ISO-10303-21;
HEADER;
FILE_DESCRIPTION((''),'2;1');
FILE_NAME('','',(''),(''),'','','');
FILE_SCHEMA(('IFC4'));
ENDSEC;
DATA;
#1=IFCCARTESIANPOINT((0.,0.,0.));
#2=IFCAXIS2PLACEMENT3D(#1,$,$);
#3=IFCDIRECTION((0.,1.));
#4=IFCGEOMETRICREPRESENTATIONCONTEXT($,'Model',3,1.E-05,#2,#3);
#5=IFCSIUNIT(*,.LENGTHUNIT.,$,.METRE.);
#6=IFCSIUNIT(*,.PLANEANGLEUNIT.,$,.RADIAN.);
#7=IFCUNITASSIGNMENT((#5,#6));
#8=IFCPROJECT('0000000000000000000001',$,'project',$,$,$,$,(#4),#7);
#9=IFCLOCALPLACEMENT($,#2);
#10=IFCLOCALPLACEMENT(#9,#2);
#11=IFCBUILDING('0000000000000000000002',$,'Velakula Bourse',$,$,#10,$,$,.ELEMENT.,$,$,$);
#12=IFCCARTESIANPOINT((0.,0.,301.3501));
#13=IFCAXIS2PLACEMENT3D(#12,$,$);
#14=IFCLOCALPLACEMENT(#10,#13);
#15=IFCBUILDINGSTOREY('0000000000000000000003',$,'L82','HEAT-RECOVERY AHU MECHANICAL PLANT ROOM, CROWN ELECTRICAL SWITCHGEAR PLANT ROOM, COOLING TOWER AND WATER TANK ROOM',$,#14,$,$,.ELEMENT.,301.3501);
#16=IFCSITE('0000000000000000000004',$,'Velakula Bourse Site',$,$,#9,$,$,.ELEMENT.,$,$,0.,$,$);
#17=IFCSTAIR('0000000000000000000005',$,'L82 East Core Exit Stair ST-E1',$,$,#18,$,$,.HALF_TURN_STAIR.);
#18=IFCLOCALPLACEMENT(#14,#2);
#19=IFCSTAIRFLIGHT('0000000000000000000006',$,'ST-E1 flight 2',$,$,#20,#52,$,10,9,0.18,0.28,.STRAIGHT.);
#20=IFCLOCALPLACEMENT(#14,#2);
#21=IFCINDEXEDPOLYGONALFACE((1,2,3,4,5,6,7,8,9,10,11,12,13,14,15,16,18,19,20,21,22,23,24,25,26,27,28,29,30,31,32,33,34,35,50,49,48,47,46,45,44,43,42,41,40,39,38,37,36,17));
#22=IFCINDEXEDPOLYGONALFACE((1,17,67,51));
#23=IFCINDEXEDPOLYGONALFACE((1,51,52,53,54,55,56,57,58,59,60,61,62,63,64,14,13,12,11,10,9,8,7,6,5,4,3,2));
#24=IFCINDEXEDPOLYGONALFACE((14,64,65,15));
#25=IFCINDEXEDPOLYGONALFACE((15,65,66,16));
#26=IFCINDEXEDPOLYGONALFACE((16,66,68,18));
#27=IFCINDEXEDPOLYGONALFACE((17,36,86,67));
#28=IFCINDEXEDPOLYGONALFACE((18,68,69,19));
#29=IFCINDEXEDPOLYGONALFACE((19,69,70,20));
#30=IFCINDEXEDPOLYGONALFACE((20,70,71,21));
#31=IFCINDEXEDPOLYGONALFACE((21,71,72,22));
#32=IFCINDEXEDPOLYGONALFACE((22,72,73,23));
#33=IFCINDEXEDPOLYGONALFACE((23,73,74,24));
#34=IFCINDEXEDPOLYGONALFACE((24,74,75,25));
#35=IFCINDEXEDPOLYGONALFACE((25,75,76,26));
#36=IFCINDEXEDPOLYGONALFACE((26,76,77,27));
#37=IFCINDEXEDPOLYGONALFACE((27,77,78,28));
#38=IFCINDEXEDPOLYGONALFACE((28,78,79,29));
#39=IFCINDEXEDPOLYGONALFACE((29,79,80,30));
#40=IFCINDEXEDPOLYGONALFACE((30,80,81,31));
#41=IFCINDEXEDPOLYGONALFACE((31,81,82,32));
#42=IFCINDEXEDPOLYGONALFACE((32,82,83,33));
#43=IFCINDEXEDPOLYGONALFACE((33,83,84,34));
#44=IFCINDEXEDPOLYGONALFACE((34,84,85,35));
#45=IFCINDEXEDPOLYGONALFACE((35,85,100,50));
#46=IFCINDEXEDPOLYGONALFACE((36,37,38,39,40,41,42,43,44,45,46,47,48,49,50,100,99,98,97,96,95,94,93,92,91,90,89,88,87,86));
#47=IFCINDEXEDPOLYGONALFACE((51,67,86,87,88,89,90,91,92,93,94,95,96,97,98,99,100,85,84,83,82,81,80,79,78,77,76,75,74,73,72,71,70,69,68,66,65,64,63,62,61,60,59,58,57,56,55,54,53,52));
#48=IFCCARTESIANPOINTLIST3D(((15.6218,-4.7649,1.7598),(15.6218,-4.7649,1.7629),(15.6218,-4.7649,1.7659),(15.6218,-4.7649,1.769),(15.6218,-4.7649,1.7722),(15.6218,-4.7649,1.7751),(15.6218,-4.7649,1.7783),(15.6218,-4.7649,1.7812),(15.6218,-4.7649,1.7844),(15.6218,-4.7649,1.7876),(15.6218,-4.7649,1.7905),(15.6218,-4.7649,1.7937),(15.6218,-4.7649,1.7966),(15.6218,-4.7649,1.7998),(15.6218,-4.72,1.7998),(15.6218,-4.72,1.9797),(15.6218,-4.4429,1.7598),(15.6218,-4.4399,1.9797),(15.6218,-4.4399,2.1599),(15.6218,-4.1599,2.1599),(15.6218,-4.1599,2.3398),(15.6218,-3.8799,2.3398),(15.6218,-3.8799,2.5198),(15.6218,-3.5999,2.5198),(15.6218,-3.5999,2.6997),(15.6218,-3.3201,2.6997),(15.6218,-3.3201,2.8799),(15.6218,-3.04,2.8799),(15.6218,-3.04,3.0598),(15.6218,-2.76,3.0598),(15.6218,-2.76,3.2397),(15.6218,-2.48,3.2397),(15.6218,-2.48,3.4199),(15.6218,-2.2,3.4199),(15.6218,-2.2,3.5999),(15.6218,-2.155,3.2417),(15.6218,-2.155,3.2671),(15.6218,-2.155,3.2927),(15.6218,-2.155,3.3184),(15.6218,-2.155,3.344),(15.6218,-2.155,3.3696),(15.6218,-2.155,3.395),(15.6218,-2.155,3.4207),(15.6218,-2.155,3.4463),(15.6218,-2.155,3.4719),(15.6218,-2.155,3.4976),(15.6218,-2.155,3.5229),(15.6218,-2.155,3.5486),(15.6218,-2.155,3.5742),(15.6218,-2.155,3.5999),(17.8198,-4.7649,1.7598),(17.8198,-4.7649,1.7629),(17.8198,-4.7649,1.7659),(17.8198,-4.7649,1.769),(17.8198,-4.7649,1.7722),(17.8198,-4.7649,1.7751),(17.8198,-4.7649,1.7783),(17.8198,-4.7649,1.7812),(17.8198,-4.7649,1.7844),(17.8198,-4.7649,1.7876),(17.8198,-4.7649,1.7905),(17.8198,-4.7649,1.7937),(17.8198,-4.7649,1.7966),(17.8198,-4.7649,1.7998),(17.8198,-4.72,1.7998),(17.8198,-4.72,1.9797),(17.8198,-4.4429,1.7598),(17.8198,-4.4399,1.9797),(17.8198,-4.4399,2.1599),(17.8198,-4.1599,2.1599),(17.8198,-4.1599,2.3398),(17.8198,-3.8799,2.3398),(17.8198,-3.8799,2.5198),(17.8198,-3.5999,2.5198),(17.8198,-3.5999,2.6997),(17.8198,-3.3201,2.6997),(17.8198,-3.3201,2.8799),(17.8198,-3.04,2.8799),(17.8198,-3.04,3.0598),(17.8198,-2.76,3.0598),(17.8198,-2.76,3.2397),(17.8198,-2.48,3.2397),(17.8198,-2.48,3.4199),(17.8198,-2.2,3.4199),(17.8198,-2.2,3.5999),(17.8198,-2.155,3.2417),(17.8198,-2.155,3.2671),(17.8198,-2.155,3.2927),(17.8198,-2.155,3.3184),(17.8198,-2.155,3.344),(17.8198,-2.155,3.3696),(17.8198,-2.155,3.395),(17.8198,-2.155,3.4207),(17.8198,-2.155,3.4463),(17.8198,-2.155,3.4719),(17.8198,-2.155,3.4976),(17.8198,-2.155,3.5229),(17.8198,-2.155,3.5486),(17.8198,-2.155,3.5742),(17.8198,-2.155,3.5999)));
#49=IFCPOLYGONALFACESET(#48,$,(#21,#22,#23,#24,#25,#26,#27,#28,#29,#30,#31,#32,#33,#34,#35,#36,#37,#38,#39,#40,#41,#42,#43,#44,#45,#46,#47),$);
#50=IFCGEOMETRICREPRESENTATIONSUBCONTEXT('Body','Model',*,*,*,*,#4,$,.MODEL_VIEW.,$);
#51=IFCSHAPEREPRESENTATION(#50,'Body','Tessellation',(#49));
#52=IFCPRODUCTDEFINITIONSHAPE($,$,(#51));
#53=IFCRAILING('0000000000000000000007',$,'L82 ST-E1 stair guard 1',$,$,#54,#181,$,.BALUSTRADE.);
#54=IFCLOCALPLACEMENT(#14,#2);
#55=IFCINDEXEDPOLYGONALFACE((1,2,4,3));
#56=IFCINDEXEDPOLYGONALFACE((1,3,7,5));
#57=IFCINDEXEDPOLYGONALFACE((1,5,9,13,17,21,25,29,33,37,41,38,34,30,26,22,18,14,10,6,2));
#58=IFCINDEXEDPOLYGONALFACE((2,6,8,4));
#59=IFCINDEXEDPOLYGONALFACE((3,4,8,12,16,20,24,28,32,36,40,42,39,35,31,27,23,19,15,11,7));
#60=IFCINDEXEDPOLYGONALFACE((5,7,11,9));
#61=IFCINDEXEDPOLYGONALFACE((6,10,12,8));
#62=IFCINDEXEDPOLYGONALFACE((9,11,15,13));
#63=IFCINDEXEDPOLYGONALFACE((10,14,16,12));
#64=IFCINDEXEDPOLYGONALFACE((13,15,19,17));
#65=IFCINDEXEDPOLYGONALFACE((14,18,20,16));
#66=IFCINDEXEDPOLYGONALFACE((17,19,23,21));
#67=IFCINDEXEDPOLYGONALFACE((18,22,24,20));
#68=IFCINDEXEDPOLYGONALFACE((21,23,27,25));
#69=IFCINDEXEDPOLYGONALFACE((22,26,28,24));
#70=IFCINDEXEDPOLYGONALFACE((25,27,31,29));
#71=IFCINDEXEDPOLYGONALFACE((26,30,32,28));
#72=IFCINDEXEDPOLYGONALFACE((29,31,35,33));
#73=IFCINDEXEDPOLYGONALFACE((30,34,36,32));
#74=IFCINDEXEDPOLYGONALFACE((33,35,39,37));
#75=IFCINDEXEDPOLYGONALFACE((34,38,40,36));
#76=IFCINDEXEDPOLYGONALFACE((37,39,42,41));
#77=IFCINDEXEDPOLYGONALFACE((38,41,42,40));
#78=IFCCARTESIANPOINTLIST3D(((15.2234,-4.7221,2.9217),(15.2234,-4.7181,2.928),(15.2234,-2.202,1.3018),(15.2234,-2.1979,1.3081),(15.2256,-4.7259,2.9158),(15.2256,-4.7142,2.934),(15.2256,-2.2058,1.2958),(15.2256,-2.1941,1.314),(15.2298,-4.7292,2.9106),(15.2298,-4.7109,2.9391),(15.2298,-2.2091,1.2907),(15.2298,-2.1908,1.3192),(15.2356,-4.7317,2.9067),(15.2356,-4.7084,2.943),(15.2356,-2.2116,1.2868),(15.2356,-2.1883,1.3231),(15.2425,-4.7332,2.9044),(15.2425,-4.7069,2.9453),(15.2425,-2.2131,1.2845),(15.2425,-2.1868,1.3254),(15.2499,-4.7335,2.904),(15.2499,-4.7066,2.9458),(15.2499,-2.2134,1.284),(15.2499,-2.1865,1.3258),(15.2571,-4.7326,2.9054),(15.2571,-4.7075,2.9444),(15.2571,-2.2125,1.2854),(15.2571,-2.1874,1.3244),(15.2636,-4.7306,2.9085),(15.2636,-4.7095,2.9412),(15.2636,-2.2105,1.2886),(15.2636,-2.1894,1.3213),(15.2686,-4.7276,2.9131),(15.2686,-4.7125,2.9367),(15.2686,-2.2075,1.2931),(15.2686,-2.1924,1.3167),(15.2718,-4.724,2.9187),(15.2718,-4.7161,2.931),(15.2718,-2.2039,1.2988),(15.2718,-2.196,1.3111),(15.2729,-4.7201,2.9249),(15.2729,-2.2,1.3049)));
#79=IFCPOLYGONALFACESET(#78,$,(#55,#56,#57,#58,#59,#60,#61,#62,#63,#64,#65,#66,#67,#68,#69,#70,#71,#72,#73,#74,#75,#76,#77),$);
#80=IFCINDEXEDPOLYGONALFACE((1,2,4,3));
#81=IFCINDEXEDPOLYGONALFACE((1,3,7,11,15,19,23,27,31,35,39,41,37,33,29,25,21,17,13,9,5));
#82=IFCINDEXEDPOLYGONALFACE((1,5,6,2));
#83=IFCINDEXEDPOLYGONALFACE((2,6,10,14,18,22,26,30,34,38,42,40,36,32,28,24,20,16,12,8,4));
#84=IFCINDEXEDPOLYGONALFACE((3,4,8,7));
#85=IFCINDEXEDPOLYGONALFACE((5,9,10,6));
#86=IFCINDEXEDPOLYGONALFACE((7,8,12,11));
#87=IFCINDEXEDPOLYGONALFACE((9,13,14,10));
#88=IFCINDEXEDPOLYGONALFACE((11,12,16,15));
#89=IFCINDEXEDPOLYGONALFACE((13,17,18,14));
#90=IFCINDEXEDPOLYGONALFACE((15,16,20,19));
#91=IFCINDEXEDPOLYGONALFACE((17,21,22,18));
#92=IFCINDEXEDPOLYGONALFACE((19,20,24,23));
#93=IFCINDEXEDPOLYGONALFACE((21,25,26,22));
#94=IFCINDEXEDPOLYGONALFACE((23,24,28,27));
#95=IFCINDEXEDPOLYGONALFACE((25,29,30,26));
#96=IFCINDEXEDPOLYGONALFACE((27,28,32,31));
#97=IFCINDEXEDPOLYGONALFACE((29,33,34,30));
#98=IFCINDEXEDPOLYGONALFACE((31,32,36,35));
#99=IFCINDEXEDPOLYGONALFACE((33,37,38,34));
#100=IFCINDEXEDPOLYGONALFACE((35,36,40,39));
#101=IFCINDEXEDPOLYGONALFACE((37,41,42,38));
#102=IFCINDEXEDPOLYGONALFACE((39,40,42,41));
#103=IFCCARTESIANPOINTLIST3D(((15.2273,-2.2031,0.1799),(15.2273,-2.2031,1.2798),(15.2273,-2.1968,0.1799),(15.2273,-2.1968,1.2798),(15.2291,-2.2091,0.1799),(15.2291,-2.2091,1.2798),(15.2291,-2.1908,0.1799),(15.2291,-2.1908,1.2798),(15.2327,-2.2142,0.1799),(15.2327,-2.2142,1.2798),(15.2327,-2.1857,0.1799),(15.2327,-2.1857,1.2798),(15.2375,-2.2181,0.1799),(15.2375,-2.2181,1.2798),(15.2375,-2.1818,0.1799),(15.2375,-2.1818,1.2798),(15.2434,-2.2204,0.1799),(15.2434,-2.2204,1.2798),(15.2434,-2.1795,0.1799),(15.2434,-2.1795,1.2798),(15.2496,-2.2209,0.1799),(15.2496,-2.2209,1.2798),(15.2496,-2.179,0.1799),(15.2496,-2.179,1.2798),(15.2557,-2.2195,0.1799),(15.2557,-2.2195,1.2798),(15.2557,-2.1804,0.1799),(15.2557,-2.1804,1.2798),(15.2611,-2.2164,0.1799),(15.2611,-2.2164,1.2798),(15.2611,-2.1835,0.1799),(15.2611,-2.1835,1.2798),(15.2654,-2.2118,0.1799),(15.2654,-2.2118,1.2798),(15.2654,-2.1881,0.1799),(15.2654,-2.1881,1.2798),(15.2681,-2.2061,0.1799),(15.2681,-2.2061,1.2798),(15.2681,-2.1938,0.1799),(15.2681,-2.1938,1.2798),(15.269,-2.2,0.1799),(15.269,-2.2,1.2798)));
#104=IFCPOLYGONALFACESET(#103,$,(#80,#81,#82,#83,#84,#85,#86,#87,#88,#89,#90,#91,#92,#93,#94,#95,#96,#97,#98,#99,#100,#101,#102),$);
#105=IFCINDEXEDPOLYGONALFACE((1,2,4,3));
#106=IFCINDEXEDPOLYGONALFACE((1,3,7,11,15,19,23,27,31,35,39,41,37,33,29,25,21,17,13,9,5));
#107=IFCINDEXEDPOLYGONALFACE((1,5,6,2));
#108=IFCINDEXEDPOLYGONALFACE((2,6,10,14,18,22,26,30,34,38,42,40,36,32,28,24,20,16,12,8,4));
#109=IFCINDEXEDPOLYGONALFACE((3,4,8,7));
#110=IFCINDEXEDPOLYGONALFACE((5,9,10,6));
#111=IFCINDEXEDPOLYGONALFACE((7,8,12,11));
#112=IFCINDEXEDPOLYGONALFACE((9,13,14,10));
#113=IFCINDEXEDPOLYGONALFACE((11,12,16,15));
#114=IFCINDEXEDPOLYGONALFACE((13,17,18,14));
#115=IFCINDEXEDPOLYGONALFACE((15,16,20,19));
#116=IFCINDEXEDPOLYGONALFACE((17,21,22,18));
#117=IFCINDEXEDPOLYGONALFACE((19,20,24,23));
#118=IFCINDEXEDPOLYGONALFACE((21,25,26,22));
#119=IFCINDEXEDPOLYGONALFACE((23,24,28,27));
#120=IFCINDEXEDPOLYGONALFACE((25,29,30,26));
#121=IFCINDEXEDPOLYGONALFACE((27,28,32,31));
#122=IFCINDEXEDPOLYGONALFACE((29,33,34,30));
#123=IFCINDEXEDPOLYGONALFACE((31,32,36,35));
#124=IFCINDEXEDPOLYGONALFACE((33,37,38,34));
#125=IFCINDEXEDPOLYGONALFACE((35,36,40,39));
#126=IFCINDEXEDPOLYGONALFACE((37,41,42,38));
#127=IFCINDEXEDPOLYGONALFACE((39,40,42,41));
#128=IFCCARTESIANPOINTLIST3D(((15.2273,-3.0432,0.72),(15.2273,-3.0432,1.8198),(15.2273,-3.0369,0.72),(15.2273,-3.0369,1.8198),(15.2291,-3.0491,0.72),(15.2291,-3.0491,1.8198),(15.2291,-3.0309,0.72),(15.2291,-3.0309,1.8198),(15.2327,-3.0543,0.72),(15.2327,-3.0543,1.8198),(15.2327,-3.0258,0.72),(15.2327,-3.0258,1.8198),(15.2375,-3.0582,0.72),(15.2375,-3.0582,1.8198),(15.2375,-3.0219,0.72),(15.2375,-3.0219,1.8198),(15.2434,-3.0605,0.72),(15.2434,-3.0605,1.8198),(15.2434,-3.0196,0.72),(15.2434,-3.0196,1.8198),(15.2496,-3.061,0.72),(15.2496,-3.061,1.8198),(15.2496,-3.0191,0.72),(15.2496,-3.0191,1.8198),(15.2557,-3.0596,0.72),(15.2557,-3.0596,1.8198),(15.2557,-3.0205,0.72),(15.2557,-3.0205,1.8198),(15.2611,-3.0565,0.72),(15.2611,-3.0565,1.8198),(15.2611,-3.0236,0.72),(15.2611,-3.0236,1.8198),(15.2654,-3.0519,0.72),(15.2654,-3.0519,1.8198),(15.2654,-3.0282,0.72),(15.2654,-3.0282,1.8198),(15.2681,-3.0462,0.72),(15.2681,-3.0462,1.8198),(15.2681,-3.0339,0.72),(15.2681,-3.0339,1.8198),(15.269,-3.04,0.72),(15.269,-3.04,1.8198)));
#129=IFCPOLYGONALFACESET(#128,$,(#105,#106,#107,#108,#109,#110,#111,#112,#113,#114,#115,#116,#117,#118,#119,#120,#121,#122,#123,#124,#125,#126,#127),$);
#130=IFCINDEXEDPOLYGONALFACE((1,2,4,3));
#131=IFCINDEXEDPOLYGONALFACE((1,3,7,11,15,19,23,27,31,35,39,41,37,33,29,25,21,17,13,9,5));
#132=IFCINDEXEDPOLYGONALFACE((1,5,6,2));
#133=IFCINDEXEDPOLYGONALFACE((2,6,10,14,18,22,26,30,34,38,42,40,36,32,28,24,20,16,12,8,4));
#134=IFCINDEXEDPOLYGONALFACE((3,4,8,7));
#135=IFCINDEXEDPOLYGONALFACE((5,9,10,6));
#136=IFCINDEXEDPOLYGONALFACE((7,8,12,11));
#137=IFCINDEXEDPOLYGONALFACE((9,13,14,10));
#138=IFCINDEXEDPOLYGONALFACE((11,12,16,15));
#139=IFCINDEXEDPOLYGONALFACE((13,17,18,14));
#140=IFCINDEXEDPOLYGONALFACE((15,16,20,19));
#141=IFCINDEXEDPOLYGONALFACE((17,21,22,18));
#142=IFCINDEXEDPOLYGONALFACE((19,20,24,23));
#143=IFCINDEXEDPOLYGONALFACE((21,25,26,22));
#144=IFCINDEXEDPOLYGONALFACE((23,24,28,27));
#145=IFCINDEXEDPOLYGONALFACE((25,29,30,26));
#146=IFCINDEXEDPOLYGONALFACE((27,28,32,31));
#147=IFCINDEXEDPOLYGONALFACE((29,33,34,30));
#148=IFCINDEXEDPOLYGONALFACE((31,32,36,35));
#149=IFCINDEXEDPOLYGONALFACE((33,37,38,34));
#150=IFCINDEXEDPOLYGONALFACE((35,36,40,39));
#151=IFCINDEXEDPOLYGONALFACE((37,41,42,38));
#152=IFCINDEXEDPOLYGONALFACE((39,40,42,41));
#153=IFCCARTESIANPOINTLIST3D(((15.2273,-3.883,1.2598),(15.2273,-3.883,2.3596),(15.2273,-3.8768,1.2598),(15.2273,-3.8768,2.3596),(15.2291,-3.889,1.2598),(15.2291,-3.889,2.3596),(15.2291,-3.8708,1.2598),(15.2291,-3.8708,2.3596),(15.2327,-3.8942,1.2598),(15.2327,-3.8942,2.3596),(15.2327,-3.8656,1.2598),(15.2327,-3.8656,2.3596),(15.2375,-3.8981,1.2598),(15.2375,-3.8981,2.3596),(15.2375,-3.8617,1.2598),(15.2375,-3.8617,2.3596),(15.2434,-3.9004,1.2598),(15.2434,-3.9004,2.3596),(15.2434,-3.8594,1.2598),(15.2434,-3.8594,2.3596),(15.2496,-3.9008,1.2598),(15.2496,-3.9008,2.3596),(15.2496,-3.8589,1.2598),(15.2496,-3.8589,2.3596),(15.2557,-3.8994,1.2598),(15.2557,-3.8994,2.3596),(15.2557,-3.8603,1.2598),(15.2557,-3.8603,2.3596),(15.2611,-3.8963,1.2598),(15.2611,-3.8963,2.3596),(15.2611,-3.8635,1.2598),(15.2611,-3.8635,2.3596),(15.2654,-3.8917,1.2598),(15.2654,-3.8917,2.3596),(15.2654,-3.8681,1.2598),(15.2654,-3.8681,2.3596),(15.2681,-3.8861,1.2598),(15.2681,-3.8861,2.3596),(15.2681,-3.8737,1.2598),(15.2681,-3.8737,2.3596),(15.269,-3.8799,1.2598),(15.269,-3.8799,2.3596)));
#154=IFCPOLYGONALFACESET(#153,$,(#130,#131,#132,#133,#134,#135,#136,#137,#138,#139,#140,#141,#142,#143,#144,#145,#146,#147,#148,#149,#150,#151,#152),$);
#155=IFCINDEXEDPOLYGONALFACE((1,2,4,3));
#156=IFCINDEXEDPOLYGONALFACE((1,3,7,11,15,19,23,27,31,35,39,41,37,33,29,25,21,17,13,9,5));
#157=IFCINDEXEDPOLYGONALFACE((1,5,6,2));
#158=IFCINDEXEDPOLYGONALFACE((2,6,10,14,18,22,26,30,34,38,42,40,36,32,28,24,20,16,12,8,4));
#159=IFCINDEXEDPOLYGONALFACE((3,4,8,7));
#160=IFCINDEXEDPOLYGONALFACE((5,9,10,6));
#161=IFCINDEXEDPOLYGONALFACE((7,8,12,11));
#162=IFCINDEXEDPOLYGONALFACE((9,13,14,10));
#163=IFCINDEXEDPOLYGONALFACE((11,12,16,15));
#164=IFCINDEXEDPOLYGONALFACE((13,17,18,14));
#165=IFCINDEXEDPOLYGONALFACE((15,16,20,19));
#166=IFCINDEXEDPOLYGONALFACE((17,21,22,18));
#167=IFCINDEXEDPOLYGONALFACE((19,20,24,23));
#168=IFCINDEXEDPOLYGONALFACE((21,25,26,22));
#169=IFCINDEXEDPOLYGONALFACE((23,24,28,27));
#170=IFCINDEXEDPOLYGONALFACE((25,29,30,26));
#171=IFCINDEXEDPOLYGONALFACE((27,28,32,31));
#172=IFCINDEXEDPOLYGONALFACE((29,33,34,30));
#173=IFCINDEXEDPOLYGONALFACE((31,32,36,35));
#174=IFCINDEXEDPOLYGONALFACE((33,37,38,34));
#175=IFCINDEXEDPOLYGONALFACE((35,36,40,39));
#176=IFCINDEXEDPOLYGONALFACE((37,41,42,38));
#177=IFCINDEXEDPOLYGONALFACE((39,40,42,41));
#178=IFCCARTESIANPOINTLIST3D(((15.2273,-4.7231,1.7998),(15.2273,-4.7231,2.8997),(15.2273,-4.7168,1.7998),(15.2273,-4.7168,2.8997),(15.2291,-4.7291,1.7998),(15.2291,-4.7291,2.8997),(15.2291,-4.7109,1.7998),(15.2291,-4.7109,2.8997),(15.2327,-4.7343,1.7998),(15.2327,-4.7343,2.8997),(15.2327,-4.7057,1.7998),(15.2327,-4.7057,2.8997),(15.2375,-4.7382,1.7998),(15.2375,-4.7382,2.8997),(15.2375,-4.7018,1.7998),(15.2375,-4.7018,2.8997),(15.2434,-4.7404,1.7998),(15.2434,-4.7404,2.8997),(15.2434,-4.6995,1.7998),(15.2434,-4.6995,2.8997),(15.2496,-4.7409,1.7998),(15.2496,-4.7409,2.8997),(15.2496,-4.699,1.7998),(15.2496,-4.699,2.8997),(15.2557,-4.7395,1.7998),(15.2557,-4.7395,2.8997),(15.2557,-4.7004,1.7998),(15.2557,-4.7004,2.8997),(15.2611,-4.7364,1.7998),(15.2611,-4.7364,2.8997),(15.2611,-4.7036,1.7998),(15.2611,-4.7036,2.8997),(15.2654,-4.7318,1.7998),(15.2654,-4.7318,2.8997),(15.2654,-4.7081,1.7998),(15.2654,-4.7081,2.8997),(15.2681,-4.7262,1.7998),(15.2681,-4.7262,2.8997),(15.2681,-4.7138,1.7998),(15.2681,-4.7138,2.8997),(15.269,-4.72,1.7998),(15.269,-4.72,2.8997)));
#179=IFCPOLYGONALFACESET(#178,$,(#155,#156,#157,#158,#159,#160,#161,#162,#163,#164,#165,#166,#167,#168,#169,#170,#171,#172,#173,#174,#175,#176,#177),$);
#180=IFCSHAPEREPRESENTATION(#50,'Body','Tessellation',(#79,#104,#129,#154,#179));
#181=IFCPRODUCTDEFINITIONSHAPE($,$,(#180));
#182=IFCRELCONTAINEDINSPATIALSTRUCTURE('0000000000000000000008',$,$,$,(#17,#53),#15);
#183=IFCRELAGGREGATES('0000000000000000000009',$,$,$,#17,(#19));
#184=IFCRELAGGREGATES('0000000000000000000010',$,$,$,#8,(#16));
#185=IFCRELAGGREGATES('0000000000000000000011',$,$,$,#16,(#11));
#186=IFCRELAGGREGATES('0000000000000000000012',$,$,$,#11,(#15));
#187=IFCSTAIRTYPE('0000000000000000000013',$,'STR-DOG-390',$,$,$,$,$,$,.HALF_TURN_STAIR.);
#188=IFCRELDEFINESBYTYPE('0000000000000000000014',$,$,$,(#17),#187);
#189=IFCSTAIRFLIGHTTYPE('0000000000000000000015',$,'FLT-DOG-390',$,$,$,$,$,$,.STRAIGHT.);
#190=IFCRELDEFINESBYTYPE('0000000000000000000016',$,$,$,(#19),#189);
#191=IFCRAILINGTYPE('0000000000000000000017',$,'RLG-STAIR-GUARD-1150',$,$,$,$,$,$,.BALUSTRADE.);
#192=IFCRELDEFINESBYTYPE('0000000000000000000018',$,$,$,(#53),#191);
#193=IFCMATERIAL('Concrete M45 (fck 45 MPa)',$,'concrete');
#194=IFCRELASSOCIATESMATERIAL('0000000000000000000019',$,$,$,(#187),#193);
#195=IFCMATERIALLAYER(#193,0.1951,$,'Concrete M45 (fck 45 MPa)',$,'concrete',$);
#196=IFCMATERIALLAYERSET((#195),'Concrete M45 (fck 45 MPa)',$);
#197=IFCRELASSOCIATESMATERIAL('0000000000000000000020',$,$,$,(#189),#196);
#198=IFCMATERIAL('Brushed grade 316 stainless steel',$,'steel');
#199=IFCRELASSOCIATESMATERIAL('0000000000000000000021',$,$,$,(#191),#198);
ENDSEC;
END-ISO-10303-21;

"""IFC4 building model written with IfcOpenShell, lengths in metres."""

from ifc_helpers import new_model, si_unit, direction, frame, origin, origin_2d, place, context, subcontext, project, spatial, polyline, circle, outline, extrude, material, layer, layer_set, type_object, element, aggregate, save


model = new_model("IFC4")

# Units and contexts
model_context = context("Model", 3, precision=1e-05, world=origin(), true_north=direction((0.0, 1.0)))
body_context = subcontext(model_context, "Body", "Model", "MODEL_VIEW")
ifc_project = project(units=[si_unit("LENGTHUNIT", "METRE"), si_unit("PLANEANGLEUNIT", "RADIAN")], contexts=[model_context])

# Site, building, storey
site_placement = place(None, origin())
site = spatial("IfcSite", under=ifc_project, at=site_placement, Name="Velakula Bourse Site", CompositionType="ELEMENT", RefElevation=0.0)
building_placement = place(site_placement, origin())
building = spatial("IfcBuilding", under=site, at=building_placement, Name="Velakula Bourse", CompositionType="ELEMENT")
storey_placement = place(building_placement, frame((0.0, 0.0, 301.3501)))
storey = spatial("IfcBuildingStorey", under=building, at=storey_placement, Name="L82", Description="HEAT-RECOVERY AHU MECHANICAL PLANT ROOM, CROWN ELECTRICAL SWITCHGEAR PLANT ROOM, COOLING TOWER AND WATER TANK ROOM", CompositionType="ELEMENT", Elevation=301.3501)

# Shared definitions
ifc_material_1 = material(Name="Brushed grade 316 stainless steel", Category="steel")

# Stair, stair flight
ifc_material_2 = material(Name="Concrete M45 (fck 45 MPa)", Category="concrete")
stair_type = type_object("IfcStairType", Name="STR-DOG-390", PredefinedType="HALF_TURN_STAIR", material=ifc_material_2)
stair_placement = place(storey_placement, origin())
stair = element("IfcStair", 1, at=stair_placement, inside=storey, type_object=stair_type, Name="L82 East Core Exit Stair ST-E1", PredefinedType="HALF_TURN_STAIR")
ifc_layer_1 = layer(ifc_material_2, 0.1951, Name="Concrete M45 (fck 45 MPa)", Category="concrete")
ifc_layer_set_1 = layer_set([ifc_layer_1], Name="Concrete M45 (fck 45 MPa)")
stair_flight_type = type_object("IfcStairFlightType", Name="FLT-DOG-390", PredefinedType="STRAIGHT", material=ifc_layer_set_1)
stair_flight_1_placement = place(storey_placement, frame((16.7209, -4.72, 1.7998), z_axis=(0.0, 0.0, 1.0), x_axis=(0.0, 1.0, 0.0)))
stair_flight_1 = element("IfcStairFlight", 2, at=stair_flight_1_placement, type_object=stair_flight_type, Name="ST-E1 flight 2", NumberOfRisers=10, NumberOfTreads=9, PredefinedType="STRAIGHT", RiserHeight=0.18, TreadLength=0.28, context=body_context, shape_type="SweptSolid", body=[
    extrude(outline(polyline([(-0.0449, -0.04), (-0.0449, -0.0369), (-0.0449, -0.0339), (-0.0449, -0.0308), (-0.0449, -0.0276), (-0.0449, -0.0247), (-0.0449, -0.0215), (-0.0449, -0.0186), (-0.0449, -0.0154), (-0.0449, -0.0122), (-0.0449, -0.0093), (-0.0449, -0.0061), (-0.0449, -0.0032), (-0.0449, 0.0), (0.0, 0.0), (0.0, 0.1799), (0.28, 0.1799), (0.28, 0.3601), (0.5601, 0.3601), (0.5601, 0.54), (0.8401, 0.54), (0.8401, 0.72), (1.1201, 0.72), (1.1201, 0.8999), (1.3999, 0.8999), (1.3999, 1.0801), (1.6799, 1.0801), (1.6799, 1.26), (1.96, 1.26), (1.96, 1.4399), (2.24, 1.4399), (2.24, 1.6201), (2.52, 1.6201), (2.52, 1.8), (2.5649, 1.8), (2.5649, 1.7744), (2.5649, 1.7488), (2.5649, 1.7231), (2.5649, 1.6978), (2.5649, 1.6721), (2.5649, 1.6465), (2.5649, 1.6208), (2.5649, 1.5952), (2.5649, 1.5698), (2.5649, 1.5442), (2.5649, 1.5186), (2.5649, 1.4929), (2.5649, 1.4673), (2.5649, 1.4419), (0.2771, -0.04), (-0.0449, -0.04)])), frame((0.0, 1.0991, 0.0), z_axis=(0.0, -1.0, 0.0), x_axis=(1.0, 0.0, 0.0)), (0.0, 0.0, 1.0), 2.198),
])
aggregate(stair, [stair_flight_1])

# Railing
railing_type_1 = type_object("IfcRailingType", Name="RLG-STAIR-GUARD-1150", PredefinedType="BALUSTRADE", material=ifc_material_1)
railing_1_placement = place(storey_placement, frame((15.248, -2.2, 0.1799)))
element("IfcRailing", 3, at=railing_1_placement, inside=storey, type_object=railing_type_1, Name="L82 ST-E1 stair guard 1", PredefinedType="BALUSTRADE", context=body_context, shape_type="SweptSolid", body=[
    extrude(circle(Radius=0.0249, at=origin_2d()), frame((0.0, 0.0, 1.125), z_axis=(0.0, -0.8412, 0.540725), x_axis=(1.0, 0.0, 0.0)), (0.0, 0.0, 1.0), 2.9958),
    extrude(circle(Radius=0.021, at=origin_2d()), origin(), (0.0, 0.0, 1.0), 1.0999),
    extrude(circle(Radius=0.021, at=origin_2d()), frame((0.0, -0.8401, 0.54)), (0.0, 0.0, 1.0), 1.0999),
    extrude(circle(Radius=0.021, at=origin_2d()), frame((0.0, -1.6799, 1.0798)), (0.0, 0.0, 1.0), 1.0999),
    extrude(circle(Radius=0.021, at=origin_2d()), frame((0.0, -2.52, 1.6199)), (0.0, 0.0, 1.0), 1.0999),
])

save(model, "model.ifc")
